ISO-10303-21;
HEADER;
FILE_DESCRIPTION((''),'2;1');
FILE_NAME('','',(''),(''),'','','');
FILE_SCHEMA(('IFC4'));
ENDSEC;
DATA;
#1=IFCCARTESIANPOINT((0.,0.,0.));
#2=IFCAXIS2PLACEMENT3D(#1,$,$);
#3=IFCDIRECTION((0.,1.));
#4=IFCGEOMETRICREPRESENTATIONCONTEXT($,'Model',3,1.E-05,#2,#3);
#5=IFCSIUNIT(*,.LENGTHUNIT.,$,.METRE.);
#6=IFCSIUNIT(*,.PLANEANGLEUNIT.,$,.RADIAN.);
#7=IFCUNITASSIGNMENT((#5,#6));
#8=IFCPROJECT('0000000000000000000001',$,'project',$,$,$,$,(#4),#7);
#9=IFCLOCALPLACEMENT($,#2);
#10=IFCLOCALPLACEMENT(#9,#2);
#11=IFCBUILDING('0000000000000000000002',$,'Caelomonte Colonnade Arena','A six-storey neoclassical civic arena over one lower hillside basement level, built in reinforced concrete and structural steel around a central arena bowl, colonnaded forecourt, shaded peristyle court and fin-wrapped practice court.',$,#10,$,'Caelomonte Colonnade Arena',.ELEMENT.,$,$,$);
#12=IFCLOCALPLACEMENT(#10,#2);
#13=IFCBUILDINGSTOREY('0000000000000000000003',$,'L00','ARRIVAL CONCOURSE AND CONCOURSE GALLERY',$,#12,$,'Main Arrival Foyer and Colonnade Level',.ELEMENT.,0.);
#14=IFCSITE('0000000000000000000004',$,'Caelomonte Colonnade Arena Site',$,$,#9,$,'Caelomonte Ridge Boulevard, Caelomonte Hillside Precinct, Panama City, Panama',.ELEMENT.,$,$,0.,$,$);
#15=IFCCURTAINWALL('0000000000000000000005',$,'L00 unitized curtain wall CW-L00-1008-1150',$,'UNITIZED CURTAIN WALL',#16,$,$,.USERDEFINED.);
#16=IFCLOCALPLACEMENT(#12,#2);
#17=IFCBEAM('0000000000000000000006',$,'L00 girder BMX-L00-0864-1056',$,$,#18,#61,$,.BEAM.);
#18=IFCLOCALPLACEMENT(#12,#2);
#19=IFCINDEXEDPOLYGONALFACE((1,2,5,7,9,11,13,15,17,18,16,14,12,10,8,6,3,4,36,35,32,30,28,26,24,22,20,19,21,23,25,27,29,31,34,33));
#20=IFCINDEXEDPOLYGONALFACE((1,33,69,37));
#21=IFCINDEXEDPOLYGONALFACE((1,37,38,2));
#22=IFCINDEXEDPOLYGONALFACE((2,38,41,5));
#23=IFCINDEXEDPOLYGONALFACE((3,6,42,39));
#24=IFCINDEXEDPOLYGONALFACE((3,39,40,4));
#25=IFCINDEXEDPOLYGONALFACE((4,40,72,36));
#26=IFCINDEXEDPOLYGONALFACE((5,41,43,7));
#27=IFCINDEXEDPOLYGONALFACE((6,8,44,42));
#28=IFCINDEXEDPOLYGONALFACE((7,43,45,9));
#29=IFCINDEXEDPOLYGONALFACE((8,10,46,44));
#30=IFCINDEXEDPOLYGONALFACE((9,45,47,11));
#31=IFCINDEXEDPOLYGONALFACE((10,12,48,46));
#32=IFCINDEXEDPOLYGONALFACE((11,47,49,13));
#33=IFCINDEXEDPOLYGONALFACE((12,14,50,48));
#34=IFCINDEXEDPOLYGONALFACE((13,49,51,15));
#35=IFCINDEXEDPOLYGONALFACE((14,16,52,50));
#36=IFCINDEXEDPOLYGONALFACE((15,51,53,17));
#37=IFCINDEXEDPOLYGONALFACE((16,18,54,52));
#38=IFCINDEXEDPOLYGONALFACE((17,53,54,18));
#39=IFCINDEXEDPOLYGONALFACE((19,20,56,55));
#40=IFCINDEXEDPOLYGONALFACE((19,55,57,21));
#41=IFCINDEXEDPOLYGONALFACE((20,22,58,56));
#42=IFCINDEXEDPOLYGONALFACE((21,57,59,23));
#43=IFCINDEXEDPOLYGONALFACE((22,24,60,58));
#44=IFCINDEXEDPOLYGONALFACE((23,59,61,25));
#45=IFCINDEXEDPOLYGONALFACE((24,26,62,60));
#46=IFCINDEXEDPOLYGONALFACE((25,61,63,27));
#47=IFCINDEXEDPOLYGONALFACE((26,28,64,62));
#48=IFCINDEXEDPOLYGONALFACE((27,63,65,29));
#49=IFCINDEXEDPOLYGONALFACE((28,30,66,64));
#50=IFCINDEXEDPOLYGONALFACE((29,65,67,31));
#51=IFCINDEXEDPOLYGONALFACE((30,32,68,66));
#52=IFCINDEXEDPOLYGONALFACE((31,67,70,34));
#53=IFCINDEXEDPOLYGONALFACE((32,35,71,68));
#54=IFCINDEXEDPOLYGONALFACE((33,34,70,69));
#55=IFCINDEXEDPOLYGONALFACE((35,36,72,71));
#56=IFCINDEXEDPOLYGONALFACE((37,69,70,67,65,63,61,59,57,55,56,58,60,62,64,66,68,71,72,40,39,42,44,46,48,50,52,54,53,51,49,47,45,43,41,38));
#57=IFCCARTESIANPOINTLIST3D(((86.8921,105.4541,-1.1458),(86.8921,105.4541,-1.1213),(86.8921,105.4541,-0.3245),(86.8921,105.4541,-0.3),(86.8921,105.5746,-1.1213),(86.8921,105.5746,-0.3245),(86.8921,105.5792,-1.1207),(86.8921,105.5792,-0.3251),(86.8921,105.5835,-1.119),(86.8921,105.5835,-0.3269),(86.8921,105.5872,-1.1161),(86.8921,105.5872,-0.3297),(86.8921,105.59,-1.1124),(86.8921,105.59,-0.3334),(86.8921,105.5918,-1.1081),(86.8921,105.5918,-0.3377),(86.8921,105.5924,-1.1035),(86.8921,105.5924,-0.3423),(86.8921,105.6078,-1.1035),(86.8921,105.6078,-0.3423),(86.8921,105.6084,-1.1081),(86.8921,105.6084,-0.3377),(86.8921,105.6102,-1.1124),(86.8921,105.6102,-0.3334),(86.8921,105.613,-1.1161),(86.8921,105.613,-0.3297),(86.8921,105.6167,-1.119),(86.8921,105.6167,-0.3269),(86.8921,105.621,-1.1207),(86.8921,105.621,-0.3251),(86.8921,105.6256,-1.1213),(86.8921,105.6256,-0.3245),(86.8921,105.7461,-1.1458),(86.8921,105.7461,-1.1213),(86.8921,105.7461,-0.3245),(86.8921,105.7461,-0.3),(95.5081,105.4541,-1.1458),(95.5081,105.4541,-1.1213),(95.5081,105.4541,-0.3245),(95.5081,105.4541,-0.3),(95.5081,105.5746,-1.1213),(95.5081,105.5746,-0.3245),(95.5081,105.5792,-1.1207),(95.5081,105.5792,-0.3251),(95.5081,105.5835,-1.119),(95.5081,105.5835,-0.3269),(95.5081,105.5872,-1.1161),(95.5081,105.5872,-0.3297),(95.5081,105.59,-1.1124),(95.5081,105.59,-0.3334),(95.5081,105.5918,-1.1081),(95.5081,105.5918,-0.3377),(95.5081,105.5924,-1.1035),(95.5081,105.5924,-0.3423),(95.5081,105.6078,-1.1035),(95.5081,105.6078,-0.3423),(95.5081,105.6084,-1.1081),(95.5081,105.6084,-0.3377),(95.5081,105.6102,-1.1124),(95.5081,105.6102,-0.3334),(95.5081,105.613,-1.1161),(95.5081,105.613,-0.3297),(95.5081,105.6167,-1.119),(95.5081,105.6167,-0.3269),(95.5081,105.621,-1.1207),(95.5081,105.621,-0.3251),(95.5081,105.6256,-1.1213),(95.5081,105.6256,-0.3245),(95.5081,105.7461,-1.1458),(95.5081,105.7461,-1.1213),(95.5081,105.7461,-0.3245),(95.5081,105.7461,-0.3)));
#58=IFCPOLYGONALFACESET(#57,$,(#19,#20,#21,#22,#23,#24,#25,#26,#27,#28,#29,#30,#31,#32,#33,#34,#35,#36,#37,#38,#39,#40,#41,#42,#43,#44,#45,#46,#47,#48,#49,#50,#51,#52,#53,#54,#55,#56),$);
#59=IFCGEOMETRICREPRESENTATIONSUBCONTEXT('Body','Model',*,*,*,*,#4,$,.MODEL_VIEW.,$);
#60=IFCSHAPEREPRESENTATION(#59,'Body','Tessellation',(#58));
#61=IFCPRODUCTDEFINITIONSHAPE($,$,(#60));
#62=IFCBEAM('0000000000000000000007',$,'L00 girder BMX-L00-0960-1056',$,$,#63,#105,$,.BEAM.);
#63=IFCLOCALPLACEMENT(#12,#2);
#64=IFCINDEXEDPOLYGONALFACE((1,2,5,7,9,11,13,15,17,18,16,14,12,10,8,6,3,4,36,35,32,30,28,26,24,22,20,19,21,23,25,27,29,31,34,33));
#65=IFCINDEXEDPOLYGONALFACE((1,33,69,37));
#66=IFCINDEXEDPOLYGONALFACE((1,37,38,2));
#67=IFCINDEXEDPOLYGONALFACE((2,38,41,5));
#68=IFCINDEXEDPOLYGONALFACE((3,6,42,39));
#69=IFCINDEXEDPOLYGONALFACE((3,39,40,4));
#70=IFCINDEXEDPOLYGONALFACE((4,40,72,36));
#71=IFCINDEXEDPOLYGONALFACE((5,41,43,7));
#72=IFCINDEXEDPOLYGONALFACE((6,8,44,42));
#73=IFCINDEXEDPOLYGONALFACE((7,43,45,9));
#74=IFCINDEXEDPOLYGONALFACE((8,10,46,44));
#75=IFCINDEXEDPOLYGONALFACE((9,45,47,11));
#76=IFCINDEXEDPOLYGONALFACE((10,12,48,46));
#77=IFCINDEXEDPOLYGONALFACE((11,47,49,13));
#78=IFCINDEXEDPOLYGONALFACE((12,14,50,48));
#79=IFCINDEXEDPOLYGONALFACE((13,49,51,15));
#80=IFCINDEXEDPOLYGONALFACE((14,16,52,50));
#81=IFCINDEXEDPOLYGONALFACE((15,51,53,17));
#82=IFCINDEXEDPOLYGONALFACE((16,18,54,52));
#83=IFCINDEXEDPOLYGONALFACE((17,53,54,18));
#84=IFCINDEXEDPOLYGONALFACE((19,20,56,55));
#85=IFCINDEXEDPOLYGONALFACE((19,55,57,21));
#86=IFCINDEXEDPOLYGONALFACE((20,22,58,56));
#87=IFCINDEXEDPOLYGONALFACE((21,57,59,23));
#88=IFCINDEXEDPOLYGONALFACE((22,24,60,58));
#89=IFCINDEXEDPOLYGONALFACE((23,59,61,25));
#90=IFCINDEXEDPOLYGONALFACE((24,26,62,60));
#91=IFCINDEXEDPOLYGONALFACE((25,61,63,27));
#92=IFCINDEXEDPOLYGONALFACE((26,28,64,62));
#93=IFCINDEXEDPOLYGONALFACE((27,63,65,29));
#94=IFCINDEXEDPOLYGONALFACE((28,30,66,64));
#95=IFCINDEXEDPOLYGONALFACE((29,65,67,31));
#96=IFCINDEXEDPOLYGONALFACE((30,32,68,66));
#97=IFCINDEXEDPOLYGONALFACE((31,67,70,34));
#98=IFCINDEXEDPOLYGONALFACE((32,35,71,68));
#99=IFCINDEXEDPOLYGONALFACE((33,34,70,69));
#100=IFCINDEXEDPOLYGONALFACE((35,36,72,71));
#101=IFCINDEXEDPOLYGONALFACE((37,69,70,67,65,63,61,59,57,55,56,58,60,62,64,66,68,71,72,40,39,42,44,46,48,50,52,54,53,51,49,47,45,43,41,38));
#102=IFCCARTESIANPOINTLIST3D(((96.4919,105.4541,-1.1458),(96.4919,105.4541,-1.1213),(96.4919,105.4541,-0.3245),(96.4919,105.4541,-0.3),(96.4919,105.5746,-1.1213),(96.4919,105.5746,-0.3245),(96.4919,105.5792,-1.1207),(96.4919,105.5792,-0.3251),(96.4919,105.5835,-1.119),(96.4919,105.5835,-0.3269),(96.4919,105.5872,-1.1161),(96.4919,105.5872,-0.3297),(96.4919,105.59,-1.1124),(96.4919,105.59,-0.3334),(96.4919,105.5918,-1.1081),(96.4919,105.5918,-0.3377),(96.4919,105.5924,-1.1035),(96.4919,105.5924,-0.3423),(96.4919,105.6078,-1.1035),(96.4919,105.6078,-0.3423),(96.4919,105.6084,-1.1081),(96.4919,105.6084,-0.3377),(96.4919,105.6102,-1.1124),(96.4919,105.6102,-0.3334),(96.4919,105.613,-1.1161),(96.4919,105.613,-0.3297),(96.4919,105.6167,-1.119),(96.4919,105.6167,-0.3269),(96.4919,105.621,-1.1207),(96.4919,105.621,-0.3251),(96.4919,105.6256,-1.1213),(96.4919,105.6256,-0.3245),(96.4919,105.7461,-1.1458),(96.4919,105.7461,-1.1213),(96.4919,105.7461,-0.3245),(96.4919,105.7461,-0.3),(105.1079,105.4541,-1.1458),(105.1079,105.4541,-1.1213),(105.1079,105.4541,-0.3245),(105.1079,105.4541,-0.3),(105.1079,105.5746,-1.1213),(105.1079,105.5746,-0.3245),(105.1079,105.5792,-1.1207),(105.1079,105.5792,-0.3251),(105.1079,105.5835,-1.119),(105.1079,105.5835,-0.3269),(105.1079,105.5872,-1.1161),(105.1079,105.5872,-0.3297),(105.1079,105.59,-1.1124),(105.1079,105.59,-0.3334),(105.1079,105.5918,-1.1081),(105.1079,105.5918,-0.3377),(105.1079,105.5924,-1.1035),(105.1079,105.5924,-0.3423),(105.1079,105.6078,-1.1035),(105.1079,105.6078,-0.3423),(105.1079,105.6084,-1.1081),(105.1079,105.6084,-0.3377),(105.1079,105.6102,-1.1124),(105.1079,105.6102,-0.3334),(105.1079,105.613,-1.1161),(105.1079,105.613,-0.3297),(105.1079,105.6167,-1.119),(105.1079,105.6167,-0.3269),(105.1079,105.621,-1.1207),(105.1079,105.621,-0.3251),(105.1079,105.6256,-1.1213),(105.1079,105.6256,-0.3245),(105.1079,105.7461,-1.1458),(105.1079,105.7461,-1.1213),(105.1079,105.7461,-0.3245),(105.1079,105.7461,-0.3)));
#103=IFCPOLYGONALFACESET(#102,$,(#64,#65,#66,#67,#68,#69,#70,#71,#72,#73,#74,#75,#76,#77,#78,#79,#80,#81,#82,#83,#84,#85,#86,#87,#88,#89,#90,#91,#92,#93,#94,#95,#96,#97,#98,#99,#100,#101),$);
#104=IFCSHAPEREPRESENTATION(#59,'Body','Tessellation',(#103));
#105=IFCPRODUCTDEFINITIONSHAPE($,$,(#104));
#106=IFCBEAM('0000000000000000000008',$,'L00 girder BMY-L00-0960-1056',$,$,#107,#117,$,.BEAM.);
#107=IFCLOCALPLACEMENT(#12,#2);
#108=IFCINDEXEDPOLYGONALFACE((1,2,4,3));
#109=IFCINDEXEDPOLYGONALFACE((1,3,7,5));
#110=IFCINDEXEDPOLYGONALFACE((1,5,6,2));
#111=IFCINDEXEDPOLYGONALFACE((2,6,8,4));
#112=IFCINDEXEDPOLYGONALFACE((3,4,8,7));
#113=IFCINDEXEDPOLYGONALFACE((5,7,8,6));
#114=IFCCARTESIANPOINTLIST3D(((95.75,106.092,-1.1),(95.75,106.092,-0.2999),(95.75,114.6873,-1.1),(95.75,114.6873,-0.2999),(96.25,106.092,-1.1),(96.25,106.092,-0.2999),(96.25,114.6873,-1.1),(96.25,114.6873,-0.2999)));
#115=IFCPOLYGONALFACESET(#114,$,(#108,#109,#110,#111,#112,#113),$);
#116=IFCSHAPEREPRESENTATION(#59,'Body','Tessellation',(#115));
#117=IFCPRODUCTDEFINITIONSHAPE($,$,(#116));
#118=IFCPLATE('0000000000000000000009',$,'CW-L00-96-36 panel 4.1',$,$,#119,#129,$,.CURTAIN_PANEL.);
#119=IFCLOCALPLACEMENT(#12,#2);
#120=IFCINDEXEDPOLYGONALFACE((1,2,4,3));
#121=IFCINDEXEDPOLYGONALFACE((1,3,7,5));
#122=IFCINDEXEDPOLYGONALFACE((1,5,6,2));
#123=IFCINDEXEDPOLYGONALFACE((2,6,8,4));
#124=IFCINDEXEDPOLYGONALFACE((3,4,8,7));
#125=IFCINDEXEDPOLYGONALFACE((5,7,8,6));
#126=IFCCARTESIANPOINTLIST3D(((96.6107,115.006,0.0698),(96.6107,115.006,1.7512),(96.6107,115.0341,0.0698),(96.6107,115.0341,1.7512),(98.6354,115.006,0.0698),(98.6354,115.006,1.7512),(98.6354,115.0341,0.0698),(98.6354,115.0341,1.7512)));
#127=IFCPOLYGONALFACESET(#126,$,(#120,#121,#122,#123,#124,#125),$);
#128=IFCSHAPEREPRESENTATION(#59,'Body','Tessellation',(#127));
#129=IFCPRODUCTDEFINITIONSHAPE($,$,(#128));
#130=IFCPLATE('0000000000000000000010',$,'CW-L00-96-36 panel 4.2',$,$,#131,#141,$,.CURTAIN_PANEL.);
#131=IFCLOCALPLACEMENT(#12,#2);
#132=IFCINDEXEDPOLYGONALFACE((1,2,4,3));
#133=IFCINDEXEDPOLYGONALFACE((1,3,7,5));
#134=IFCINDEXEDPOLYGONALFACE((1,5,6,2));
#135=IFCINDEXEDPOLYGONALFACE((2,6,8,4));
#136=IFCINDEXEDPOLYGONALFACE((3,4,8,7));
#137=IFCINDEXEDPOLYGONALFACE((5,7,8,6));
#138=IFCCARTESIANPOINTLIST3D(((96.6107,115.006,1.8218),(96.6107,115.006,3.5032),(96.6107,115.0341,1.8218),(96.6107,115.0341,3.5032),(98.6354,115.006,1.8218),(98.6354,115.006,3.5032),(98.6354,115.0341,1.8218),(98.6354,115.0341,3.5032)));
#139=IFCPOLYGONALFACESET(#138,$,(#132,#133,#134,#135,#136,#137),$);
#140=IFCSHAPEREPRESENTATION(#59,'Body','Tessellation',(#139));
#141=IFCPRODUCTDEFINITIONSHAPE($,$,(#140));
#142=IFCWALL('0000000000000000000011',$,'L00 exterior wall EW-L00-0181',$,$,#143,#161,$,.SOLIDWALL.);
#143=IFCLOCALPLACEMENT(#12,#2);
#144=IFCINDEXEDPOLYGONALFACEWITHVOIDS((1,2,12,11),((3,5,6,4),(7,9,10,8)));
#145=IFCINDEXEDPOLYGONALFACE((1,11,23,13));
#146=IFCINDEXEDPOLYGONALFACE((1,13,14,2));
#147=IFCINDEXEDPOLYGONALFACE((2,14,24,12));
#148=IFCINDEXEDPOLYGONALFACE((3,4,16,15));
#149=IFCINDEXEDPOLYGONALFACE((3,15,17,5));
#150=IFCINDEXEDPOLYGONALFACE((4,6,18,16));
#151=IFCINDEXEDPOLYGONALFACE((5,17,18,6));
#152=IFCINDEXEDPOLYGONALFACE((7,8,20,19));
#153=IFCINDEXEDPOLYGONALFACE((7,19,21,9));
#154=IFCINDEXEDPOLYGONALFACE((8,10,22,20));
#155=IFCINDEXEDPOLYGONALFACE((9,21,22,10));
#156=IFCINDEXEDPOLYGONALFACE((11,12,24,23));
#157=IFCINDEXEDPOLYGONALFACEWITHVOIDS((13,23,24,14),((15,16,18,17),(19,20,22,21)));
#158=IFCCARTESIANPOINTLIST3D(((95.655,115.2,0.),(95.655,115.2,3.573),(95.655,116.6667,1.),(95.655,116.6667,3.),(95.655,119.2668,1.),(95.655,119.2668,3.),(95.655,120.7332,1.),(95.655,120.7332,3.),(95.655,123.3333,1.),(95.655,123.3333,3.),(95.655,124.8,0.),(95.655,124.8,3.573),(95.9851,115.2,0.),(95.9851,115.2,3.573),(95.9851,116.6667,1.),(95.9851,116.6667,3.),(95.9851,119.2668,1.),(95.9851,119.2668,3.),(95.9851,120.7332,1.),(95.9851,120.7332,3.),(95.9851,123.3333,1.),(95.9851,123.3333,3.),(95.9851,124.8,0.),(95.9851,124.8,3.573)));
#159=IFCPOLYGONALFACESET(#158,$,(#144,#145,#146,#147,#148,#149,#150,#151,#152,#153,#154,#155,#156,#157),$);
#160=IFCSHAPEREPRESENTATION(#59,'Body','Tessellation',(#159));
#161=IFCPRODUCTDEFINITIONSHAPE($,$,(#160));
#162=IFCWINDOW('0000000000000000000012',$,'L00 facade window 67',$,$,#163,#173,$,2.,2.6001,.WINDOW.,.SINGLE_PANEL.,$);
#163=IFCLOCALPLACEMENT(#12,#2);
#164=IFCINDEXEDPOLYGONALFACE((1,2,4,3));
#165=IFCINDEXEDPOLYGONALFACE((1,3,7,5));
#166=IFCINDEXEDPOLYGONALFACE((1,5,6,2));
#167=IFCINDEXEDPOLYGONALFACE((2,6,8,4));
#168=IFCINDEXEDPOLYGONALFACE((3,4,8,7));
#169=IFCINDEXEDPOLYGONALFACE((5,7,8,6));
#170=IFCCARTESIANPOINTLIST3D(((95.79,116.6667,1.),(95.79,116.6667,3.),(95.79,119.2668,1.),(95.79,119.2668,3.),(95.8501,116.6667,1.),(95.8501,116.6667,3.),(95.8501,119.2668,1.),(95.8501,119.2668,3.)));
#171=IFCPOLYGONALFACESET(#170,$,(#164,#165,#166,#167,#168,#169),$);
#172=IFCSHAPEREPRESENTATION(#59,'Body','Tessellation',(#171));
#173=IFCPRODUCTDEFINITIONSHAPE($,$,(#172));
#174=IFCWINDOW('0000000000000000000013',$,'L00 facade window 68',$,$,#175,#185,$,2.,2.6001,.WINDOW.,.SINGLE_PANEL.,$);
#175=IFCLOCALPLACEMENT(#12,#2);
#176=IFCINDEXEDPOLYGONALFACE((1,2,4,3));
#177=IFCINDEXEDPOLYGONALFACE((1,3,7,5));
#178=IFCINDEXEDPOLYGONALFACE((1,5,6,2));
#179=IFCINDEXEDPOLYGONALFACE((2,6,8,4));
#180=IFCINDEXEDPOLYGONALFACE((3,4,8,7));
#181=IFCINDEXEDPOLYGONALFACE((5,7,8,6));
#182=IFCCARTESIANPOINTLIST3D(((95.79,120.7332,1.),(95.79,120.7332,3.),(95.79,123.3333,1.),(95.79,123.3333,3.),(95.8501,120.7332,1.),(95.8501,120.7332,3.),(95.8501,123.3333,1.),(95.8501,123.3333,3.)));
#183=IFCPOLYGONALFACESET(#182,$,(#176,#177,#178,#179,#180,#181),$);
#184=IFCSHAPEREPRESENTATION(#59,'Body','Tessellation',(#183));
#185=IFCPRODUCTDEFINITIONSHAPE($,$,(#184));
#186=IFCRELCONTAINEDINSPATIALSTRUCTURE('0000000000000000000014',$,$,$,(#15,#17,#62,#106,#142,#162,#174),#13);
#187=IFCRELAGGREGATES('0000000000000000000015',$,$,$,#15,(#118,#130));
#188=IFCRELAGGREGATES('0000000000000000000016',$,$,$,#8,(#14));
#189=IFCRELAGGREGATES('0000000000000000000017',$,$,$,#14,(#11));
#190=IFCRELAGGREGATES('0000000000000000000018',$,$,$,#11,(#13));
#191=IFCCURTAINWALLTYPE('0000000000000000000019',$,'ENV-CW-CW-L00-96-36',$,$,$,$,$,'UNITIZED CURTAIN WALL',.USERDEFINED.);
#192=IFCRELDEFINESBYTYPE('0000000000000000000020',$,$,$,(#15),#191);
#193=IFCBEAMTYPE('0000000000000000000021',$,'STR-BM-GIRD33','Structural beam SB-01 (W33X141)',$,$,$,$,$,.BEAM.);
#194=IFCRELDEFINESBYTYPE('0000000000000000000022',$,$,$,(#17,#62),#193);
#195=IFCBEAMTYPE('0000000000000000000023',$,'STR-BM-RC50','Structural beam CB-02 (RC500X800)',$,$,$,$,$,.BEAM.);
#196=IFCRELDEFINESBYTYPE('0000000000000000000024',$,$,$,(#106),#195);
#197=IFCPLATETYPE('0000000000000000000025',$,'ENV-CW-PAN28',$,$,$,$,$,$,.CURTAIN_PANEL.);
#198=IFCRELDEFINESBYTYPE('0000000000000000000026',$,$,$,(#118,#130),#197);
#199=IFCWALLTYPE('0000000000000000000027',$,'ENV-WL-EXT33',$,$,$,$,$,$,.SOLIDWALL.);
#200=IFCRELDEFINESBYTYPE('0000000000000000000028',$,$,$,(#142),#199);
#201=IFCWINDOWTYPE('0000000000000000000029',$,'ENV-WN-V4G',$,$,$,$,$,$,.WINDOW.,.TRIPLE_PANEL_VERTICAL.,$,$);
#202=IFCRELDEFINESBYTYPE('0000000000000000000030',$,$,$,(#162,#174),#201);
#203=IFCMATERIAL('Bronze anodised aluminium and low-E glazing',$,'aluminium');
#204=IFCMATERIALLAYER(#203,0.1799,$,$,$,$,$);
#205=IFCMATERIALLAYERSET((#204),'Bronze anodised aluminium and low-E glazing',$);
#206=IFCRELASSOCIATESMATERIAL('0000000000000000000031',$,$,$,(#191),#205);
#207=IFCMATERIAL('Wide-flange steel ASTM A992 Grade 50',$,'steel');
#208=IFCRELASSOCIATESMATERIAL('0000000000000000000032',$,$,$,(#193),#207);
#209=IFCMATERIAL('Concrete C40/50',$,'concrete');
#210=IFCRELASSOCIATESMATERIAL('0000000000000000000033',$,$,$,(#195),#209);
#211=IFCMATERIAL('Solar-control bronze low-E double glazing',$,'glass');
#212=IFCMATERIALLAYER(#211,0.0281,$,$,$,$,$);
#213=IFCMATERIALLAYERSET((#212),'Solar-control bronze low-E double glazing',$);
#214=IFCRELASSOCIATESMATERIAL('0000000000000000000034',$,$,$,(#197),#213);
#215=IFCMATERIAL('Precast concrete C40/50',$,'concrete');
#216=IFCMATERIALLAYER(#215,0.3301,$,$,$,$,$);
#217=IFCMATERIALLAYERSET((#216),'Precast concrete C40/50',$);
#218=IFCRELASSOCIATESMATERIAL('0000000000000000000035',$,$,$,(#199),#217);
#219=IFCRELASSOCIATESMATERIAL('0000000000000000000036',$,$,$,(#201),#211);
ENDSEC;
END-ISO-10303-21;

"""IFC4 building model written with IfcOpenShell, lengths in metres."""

from ifc_helpers import new_model, si_unit, direction, frame, frame_2d, origin, origin_2d, place, context, subcontext, project, spatial, rectangle, i_section, extrude, material, layer, layer_set, material_profile, profile_set, type_object, element, fill, aggregate, save


model = new_model("IFC4")

# Units and contexts
model_context = context("Model", 3, precision=1e-05, world=origin(), true_north=direction((0.0, 1.0)))
body_context = subcontext(model_context, "Body", "Model", "MODEL_VIEW")
ifc_project = project(units=[si_unit("LENGTHUNIT", "METRE"), si_unit("PLANEANGLEUNIT", "RADIAN")], contexts=[model_context])

# Site, building, storey
site_placement = place(None, origin())
site = spatial("IfcSite", under=ifc_project, at=site_placement, Name="Caelomonte Colonnade Arena Site", LongName="Caelomonte Ridge Boulevard, Caelomonte Hillside Precinct, Panama City, Panama", CompositionType="ELEMENT", RefElevation=0.0)
building_placement = place(site_placement, origin())
building = spatial("IfcBuilding", under=site, at=building_placement, Name="Caelomonte Colonnade Arena", Description="A six-storey neoclassical civic arena over one lower hillside basement level, built in reinforced concrete and structural steel around a central arena bowl, colonnaded forecourt, shaded peristyle court and fin-wrapped practice court.", LongName="Caelomonte Colonnade Arena", CompositionType="ELEMENT")
storey_placement = place(building_placement, origin())
storey = spatial("IfcBuildingStorey", under=building, at=storey_placement, Name="L00", Description="ARRIVAL CONCOURSE AND CONCOURSE GALLERY", LongName="Main Arrival Foyer and Colonnade Level", CompositionType="ELEMENT", Elevation=0.0)

# Shared definitions
ifc_material_1 = material(Name="Wide-flange steel ASTM A992 Grade 50", Category="steel")

# Curtain wall
ifc_material_2 = material(Name="Bronze anodised aluminium and low-E glazing", Category="aluminium")
ifc_layer_1 = layer(ifc_material_2, 0.1799)
ifc_layer_set_1 = layer_set([ifc_layer_1], Name="Bronze anodised aluminium and low-E glazing")
curtain_wall_type = type_object("IfcCurtainWallType", Name="ENV-CW-CW-L00-96-36", ElementType="UNITIZED CURTAIN WALL", PredefinedType="USERDEFINED", material=ifc_layer_set_1)
curtain_wall_placement = place(storey_placement, origin())
curtain_wall = element("IfcCurtainWall", 1, at=curtain_wall_placement, inside=storey, type_object=curtain_wall_type, Name="L00 unitized curtain wall CW-L00-1008-1150", ObjectType="UNITIZED CURTAIN WALL", PredefinedType="USERDEFINED")

# Beams
ifc_material_profile_1 = material_profile(ifc_material_1, i_section(OverallWidth=0.292, OverallDepth=0.8457, WebThickness=0.0154, FlangeThickness=0.0244, FilletRadius=0.0178, at=origin_2d()), Name="W33X141")
ifc_profile_set_1 = profile_set([ifc_material_profile_1], Name="Wide-flange steel ASTM A992 Grade 50")
beam_type_1 = type_object("IfcBeamType", Name="STR-BM-GIRD33", Description="Structural beam SB-01 (W33X141)", PredefinedType="BEAM", material=ifc_profile_set_1)
for number, where, z_axis, x_axis, name in (
    (2, (86.8921, 105.6001, -0.7229), (1.0, 0.0, 0.0), (0.0, 1.0, 0.0), "L00 girder BMX-L00-0864-1056"),
    (3, (96.4919, 105.6001, -0.7229), (1.0, 0.0, 0.0), (0.0, 1.0, 0.0), "L00 girder BMX-L00-0960-1056"),
):
    element("IfcBeam", number, at=place(storey_placement, frame(where, z_axis=z_axis, x_axis=x_axis)), inside=storey, type_object=beam_type_1, Name=name, PredefinedType="BEAM", context=body_context, shape_type="SweptSolid", body=[
        extrude(i_section(OverallWidth=0.292, OverallDepth=0.8457, WebThickness=0.0154, FlangeThickness=0.0244, FilletRadius=0.0178, at=origin_2d()), origin(), (0.0, 0.0, 1.0), 8.616),
    ])
ifc_material_3 = material(Name="Concrete C40/50", Category="concrete")
ifc_material_profile_2 = material_profile(ifc_material_3, rectangle(XDim=0.5, YDim=0.8, at=origin_2d()), Name="RC500X800")
ifc_profile_set_2 = profile_set([ifc_material_profile_2], Name="Concrete C40/50")
beam_type_2 = type_object("IfcBeamType", Name="STR-BM-RC50", Description="Structural beam CB-02 (RC500X800)", PredefinedType="BEAM", material=ifc_profile_set_2)
beam_placement = place(storey_placement, frame((96.0, 106.092, -0.7), z_axis=(0.0, 1.0, 0.0), x_axis=(-1.0, 0.0, 0.0)))
element("IfcBeam", 4, at=beam_placement, inside=storey, type_object=beam_type_2, Name="L00 girder BMY-L00-0960-1056", PredefinedType="BEAM", context=body_context, shape_type="SweptSolid", body=[
    extrude(rectangle(XDim=0.5, YDim=0.8, at=origin_2d()), origin(), (0.0, 0.0, 1.0), 8.5952),
])

# Plates
ifc_material_4 = material(Name="Solar-control bronze low-E double glazing", Category="glass")
ifc_layer_2 = layer(ifc_material_4, 0.0281)
ifc_layer_set_2 = layer_set([ifc_layer_2], Name="Solar-control bronze low-E double glazing")
plate_type = type_object("IfcPlateType", Name="ENV-CW-PAN28", PredefinedType="CURTAIN_PANEL", material=ifc_layer_set_2)
plate_1_placement = place(storey_placement, frame((97.623, 115.02, 0.0698), z_axis=(0.0, 0.0, 1.0), x_axis=(-1.0, 0.0, 0.0)))
plate_1 = element("IfcPlate", 5, at=plate_1_placement, type_object=plate_type, Name="CW-L00-96-36 panel 4.1", PredefinedType="CURTAIN_PANEL", context=body_context, shape_type="SweptSolid", body=[
    extrude(rectangle(XDim=2.0247, YDim=0.0281, at=origin_2d()), origin(), (0.0, 0.0, 1.0), 1.6814),
])
plate_2_placement = place(storey_placement, frame((97.623, 115.02, 1.8218), z_axis=(0.0, 0.0, 1.0), x_axis=(-1.0, 0.0, 0.0)))
plate_2 = element("IfcPlate", 6, at=plate_2_placement, type_object=plate_type, Name="CW-L00-96-36 panel 4.2", PredefinedType="CURTAIN_PANEL", context=body_context, shape_type="SweptSolid", body=[
    extrude(rectangle(XDim=2.0247, YDim=0.0281, at=origin_2d()), origin(), (0.0, 0.0, 1.0), 1.6814),
])
aggregate(curtain_wall, [plate_1, plate_2])

# Wall, openings, windows
ifc_material_5 = material(Name="Precast concrete C40/50", Category="concrete")
ifc_layer_3 = layer(ifc_material_5, 0.3301)
ifc_layer_set_3 = layer_set([ifc_layer_3], Name="Precast concrete C40/50")
wall_type_1 = type_object("IfcWallType", Name="ENV-WL-EXT33", PredefinedType="SOLIDWALL", material=ifc_layer_set_3)
wall_1_placement = place(storey_placement, frame((95.8201, 115.2, 0.0), z_axis=(0.0, 0.0, 1.0), x_axis=(0.0, 1.0, 0.0)))
wall_1 = element("IfcWall", 7, at=wall_1_placement, inside=storey, type_object=wall_type_1, Name="L00 exterior wall EW-L00-0181", PredefinedType="SOLIDWALL", context=body_context, shape_type="SweptSolid", body=[
    extrude(rectangle(XDim=9.6001, YDim=0.3301, at=frame_2d((4.8, 0.0))), origin(), (0.0, 0.0, 1.0), 3.573),
])
opening_1_placement = place(wall_1_placement, frame((4.0669, 0.0, 1.0), z_axis=(0.0, 0.0, 1.0), x_axis=(-1.0, 0.0, 0.0)))
opening_1 = element("IfcOpeningElement", 8, at=opening_1_placement, cuts=wall_1, PredefinedType="OPENING", context=body_context, shape_type="SweptSolid", body=[
    extrude(rectangle(XDim=2.6001, YDim=2.0, at=frame_2d((1.3, 1.0))), frame((0.0, 0.175, 0.0), z_axis=(0.0, -1.0, 0.0), x_axis=(1.0, 0.0, 0.0)), (0.0, 0.0, 1.0), 0.3501),
])
opening_2_placement = place(wall_1_placement, frame((8.1333, 0.0, 1.0), z_axis=(0.0, 0.0, 1.0), x_axis=(-1.0, 0.0, 0.0)))
opening_2 = element("IfcOpeningElement", 9, at=opening_2_placement, cuts=wall_1, PredefinedType="OPENING", context=body_context, shape_type="SweptSolid", body=[
    extrude(rectangle(XDim=2.6001, YDim=2.0, at=frame_2d((1.3, 1.0))), frame((0.0, 0.175, 0.0), z_axis=(0.0, -1.0, 0.0), x_axis=(1.0, 0.0, 0.0)), (0.0, 0.0, 1.0), 0.3501),
])
window_type = type_object("IfcWindowType", Name="ENV-WN-V4G", PartitioningType="TRIPLE_PANEL_VERTICAL", PredefinedType="WINDOW", material=ifc_material_4)
window_1_placement = place(opening_1_placement, origin())
window_1 = element("IfcWindow", 10, at=window_1_placement, inside=storey, type_object=window_type, Name="L00 facade window 67", OverallHeight=2.0, OverallWidth=2.6001, PartitioningType="SINGLE_PANEL", PredefinedType="WINDOW", context=body_context, shape_type="SweptSolid", body=[
    extrude(rectangle(XDim=2.6001, YDim=2.0, at=frame_2d((1.3, 1.0))), frame((0.0, 0.03, 0.0), z_axis=(0.0, -1.0, 0.0), x_axis=(1.0, 0.0, 0.0)), (0.0, 0.0, 1.0), 0.0601),
])
fill(opening_1, window_1)
window_2_placement = place(opening_2_placement, origin())
window_2 = element("IfcWindow", 11, at=window_2_placement, inside=storey, type_object=window_type, Name="L00 facade window 68", OverallHeight=2.0, OverallWidth=2.6001, PartitioningType="SINGLE_PANEL", PredefinedType="WINDOW", context=body_context, shape_type="SweptSolid", body=[
    extrude(rectangle(XDim=2.6001, YDim=2.0, at=frame_2d((1.3, 1.0))), frame((0.0, 0.03, 0.0), z_axis=(0.0, -1.0, 0.0), x_axis=(1.0, 0.0, 0.0)), (0.0, 0.0, 1.0), 0.0601),
])
fill(opening_2, window_2)

save(model, "model.ifc")
